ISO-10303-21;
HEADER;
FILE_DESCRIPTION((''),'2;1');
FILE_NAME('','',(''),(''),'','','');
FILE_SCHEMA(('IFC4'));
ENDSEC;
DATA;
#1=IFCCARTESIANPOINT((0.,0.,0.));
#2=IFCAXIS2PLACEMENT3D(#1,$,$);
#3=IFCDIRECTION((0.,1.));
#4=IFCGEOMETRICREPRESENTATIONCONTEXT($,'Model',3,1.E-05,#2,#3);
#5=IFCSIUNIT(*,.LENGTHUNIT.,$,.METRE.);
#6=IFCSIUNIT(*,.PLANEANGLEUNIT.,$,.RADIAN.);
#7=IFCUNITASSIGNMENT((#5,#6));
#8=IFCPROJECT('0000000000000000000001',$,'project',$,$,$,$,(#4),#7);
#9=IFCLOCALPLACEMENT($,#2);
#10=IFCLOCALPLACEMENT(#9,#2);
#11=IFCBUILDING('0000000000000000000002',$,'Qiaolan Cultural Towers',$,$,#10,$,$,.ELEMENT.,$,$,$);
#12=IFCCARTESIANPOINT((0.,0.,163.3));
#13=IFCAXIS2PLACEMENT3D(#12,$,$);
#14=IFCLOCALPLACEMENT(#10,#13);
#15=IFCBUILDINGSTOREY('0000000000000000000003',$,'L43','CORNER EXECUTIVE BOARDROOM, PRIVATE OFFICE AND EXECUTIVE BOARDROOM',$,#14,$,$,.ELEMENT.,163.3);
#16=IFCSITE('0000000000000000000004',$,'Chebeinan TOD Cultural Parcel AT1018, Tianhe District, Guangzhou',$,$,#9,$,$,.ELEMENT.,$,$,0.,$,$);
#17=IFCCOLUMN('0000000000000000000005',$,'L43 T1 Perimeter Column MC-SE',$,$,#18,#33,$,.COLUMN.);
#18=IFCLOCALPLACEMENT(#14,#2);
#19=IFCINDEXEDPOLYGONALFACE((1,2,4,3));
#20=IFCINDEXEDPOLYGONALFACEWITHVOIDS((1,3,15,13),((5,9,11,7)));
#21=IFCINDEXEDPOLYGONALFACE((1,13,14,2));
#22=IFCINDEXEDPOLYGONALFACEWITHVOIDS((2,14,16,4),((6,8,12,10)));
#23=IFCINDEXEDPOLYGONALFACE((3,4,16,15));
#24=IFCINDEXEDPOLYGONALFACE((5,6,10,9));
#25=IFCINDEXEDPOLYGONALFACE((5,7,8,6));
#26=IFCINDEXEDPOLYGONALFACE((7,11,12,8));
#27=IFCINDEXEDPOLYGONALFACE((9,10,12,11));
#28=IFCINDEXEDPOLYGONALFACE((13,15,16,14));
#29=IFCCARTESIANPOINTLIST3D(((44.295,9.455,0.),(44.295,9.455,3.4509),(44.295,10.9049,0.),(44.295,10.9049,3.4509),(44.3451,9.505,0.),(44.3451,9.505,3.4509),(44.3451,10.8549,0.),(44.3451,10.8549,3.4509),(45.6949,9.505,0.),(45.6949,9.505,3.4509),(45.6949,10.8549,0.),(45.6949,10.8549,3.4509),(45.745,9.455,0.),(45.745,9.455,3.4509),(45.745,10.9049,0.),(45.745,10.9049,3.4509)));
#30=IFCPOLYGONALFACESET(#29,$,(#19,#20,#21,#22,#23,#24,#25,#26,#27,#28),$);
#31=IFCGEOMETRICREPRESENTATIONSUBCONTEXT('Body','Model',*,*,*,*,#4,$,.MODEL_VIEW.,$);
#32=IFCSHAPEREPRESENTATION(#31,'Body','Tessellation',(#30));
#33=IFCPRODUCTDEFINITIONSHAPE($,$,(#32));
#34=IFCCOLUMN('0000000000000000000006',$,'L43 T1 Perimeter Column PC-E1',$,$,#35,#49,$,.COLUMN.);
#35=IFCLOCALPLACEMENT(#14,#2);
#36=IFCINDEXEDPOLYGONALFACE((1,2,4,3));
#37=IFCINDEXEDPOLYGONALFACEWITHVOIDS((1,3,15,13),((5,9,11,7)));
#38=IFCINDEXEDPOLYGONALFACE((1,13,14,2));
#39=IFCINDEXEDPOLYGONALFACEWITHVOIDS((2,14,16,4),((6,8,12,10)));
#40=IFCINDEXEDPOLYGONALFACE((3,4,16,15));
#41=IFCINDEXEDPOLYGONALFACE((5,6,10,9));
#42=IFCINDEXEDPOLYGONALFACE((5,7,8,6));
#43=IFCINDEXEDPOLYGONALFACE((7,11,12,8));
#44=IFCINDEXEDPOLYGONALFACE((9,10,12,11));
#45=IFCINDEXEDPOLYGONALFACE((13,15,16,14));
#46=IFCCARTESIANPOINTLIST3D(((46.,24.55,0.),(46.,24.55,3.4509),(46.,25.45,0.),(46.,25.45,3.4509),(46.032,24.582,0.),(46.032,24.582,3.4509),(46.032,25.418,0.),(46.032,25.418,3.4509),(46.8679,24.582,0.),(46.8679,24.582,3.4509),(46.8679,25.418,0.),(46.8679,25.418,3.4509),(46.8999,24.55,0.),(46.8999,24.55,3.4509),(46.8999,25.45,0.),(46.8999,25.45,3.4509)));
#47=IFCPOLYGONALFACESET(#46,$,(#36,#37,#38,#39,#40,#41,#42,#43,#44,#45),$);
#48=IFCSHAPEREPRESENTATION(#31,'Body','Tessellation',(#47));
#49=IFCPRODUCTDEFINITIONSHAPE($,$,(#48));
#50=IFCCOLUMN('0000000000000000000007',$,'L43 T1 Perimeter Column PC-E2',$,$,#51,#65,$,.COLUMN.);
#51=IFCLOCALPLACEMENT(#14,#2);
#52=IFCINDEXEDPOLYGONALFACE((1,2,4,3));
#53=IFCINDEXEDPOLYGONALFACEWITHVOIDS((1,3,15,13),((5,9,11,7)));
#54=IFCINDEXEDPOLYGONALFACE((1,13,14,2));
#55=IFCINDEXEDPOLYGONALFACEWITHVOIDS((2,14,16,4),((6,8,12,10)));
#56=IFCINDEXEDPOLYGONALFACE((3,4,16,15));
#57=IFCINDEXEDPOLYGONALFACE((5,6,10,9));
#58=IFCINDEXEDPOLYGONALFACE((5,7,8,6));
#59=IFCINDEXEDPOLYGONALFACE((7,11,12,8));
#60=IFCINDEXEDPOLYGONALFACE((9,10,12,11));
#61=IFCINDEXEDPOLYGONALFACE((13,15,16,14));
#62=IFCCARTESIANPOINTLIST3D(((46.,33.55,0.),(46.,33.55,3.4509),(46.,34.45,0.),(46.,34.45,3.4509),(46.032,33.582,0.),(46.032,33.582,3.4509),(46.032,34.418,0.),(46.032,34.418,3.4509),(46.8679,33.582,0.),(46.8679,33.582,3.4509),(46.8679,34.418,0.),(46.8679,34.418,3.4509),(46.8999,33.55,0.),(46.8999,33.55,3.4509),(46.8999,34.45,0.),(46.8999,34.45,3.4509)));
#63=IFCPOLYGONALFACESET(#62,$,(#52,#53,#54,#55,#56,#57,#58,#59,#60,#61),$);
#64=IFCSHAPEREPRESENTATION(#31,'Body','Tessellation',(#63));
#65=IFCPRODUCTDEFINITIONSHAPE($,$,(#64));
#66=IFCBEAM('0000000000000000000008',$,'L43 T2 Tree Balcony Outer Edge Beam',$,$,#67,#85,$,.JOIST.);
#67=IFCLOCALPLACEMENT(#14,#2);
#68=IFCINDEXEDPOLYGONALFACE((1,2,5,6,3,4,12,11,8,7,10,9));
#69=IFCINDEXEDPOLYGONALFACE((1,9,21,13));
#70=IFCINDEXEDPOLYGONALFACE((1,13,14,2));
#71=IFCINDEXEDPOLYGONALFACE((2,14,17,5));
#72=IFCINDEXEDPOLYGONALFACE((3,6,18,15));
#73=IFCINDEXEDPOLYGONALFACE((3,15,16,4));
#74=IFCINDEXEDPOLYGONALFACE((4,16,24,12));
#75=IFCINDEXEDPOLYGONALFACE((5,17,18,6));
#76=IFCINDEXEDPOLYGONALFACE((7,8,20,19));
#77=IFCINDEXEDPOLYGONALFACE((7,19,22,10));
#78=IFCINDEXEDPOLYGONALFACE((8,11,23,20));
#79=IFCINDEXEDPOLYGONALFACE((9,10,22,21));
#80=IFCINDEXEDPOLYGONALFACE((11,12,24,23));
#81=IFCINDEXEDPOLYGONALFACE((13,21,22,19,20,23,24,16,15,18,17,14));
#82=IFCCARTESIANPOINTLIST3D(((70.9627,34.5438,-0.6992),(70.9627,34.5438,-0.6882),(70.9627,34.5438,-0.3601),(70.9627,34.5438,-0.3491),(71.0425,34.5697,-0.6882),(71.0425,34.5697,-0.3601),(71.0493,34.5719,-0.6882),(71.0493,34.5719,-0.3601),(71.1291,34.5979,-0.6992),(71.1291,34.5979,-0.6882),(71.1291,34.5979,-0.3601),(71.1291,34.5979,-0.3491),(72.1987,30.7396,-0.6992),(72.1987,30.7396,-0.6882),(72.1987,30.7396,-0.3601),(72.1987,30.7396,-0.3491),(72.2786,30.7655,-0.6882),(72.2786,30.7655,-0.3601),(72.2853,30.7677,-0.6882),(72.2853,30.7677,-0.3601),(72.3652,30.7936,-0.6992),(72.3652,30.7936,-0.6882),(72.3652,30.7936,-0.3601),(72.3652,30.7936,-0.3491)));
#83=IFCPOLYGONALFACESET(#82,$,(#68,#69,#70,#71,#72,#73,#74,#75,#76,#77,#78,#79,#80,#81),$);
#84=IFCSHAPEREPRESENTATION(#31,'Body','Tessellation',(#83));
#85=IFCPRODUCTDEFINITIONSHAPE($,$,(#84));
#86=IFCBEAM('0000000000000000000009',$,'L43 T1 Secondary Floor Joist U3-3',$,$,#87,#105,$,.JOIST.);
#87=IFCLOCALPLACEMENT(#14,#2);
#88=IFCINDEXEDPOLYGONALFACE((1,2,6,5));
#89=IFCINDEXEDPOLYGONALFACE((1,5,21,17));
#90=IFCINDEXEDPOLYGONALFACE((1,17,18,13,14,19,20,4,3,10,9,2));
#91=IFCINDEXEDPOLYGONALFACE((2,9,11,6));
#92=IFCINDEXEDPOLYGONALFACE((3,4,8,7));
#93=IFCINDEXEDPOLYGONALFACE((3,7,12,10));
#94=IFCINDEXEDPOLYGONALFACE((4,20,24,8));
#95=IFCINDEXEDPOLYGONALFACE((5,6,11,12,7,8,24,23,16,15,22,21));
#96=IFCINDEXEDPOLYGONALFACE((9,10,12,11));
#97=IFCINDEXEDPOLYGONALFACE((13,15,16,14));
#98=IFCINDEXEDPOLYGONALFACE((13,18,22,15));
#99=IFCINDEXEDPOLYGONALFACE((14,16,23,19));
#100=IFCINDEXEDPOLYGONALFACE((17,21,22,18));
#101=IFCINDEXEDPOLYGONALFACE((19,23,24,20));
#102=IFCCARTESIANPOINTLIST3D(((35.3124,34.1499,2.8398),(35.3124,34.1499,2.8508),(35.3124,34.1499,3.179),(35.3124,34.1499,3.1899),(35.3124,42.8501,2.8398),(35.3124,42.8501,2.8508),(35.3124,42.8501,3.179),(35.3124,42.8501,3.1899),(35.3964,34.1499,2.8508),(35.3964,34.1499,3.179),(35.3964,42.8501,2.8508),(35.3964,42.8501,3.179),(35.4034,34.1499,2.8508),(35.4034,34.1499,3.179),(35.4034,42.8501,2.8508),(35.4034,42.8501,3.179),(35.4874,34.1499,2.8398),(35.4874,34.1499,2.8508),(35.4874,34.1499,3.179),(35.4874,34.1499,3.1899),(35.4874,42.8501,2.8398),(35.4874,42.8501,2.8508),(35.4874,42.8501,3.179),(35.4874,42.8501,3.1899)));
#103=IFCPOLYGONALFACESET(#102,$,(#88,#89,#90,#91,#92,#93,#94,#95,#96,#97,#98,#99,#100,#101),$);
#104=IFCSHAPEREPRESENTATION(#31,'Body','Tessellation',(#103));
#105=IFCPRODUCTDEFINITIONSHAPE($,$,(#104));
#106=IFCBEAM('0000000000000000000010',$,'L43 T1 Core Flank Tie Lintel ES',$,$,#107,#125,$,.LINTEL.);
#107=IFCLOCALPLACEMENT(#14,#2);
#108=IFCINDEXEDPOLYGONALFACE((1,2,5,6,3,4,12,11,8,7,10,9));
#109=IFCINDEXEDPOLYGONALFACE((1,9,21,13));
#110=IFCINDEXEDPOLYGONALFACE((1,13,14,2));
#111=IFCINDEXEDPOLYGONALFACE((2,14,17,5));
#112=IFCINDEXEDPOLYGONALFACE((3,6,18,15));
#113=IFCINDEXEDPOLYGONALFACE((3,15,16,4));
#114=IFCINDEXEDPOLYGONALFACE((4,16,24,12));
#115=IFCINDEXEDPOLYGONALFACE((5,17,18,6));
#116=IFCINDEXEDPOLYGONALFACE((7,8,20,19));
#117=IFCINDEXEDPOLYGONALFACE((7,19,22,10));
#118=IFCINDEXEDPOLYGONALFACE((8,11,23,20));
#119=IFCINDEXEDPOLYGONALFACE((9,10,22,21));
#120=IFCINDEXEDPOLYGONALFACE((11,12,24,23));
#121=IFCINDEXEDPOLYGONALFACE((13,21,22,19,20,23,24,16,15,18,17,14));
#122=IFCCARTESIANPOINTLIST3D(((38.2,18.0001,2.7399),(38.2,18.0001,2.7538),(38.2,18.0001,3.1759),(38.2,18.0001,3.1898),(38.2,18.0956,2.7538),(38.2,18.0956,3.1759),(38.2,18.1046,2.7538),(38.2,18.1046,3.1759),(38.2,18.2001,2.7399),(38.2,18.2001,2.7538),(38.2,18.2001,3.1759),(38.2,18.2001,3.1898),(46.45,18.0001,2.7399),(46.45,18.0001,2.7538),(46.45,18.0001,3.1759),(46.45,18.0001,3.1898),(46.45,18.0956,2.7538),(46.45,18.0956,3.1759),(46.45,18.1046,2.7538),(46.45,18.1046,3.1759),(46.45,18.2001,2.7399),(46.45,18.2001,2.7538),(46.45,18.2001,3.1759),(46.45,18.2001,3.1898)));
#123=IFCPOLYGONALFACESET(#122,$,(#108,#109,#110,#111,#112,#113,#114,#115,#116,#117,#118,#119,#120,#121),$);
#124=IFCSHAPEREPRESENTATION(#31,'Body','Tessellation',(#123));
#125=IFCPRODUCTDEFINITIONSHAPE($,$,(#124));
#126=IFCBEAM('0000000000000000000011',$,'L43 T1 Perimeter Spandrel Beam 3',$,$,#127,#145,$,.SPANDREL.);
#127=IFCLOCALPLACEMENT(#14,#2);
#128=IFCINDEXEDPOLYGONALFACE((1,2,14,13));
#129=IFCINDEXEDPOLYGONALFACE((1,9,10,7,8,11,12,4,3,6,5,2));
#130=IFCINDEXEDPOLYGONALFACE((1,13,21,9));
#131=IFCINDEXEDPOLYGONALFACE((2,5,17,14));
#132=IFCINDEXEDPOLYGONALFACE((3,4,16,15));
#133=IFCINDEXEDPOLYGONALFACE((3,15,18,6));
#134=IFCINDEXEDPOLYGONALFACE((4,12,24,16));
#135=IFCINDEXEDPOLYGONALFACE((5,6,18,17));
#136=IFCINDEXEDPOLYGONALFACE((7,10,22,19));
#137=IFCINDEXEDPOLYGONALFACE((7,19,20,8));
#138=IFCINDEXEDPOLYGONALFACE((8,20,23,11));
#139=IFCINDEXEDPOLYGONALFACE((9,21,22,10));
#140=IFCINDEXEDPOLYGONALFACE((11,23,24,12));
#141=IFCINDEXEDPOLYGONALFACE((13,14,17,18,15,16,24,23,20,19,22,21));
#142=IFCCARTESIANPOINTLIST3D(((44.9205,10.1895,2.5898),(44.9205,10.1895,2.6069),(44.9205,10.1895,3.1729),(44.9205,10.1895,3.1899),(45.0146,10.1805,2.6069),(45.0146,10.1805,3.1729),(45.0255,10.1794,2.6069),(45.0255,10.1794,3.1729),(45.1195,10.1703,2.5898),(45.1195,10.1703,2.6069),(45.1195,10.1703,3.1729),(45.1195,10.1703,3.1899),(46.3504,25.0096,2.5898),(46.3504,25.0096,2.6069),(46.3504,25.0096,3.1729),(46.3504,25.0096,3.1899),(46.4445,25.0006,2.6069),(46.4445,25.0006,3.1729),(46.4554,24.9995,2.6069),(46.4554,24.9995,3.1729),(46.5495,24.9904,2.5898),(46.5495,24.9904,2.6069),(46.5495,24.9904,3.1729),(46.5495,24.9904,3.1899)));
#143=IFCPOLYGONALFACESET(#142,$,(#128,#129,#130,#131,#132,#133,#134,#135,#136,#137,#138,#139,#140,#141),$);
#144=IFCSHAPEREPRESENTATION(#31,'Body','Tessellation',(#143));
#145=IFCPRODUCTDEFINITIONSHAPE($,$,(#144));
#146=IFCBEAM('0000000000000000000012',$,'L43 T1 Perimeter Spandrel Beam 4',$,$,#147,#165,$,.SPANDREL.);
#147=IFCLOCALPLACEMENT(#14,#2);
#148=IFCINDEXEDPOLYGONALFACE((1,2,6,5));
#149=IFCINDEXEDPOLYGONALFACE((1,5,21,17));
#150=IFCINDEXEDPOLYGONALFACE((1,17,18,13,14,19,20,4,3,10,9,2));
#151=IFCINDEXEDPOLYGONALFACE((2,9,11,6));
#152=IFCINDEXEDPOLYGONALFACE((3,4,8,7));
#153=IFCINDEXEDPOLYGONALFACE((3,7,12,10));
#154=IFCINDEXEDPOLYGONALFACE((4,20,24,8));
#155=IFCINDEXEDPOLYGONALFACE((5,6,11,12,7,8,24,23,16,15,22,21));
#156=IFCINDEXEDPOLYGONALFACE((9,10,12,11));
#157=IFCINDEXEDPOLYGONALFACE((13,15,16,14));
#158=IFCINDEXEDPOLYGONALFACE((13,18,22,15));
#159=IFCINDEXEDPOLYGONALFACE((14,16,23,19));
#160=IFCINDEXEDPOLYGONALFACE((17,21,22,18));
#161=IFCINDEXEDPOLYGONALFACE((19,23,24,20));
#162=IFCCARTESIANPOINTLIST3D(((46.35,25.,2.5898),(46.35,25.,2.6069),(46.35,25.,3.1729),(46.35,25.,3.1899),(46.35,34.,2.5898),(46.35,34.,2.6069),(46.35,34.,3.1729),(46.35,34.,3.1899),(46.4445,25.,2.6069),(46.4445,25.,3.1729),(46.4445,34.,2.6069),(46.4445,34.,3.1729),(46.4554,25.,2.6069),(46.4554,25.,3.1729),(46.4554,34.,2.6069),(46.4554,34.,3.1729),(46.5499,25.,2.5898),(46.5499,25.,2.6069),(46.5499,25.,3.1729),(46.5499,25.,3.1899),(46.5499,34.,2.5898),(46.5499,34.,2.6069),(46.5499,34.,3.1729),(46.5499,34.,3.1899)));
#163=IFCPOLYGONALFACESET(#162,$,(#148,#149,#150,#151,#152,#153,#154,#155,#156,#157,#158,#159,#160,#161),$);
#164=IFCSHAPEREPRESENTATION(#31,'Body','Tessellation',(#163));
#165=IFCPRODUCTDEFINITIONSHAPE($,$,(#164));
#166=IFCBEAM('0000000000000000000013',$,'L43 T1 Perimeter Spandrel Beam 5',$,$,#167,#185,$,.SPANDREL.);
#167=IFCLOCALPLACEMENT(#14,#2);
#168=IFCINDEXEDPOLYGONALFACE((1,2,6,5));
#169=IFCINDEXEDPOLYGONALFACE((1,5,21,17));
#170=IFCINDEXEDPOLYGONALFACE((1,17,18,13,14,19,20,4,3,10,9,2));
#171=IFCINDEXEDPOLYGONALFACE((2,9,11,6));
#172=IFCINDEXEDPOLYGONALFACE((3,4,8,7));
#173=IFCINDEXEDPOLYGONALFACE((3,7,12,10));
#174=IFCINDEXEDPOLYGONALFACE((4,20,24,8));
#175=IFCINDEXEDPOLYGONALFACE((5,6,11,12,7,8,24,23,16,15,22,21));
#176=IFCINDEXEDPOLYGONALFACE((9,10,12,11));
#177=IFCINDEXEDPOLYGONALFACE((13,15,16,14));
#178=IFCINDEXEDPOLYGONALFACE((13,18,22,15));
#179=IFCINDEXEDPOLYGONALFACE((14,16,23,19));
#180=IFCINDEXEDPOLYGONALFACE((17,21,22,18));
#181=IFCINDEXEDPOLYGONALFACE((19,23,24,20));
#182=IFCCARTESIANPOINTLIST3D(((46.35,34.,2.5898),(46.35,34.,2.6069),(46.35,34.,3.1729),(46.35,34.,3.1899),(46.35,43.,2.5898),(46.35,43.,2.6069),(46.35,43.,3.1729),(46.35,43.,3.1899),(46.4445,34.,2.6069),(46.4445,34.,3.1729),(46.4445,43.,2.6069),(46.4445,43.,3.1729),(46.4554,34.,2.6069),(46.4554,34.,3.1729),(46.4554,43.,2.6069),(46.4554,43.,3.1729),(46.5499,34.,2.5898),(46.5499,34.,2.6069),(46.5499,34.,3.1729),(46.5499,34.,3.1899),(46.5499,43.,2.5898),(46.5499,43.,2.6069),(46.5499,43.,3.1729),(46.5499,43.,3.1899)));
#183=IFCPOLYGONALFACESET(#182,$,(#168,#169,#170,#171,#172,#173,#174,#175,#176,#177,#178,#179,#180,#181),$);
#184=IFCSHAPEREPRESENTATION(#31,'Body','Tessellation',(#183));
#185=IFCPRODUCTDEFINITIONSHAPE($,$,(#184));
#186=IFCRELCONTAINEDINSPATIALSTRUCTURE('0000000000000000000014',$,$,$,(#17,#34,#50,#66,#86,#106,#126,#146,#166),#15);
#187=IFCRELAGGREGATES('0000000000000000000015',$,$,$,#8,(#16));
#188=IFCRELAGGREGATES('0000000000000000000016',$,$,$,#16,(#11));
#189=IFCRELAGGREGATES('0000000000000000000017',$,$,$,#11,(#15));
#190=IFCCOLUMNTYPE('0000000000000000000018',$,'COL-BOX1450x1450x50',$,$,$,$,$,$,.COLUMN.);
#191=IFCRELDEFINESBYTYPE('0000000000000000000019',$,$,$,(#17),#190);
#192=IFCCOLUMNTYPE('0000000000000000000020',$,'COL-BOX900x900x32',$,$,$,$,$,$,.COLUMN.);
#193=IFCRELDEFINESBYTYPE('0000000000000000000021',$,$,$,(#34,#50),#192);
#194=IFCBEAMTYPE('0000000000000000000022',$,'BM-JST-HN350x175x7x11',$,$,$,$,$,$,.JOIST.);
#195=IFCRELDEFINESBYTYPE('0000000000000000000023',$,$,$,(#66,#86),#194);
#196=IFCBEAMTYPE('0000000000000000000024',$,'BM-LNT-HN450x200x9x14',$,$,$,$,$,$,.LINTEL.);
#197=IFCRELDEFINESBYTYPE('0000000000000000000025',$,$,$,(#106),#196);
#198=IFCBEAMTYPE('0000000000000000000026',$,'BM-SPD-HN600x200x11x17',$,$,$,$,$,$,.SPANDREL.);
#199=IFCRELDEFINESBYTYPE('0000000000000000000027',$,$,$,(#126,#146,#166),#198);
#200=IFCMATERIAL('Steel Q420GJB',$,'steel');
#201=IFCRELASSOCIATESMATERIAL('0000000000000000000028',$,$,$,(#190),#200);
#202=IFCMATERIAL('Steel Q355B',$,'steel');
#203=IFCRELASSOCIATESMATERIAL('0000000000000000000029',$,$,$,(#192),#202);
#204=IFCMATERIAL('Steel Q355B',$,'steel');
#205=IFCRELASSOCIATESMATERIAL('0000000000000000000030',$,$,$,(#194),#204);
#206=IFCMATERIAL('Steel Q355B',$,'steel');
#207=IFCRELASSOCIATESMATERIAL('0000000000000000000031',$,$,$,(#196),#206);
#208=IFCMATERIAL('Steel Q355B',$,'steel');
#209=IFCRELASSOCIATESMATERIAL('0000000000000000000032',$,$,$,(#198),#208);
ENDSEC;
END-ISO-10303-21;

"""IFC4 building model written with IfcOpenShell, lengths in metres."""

from ifc_helpers import new_model, si_unit, direction, frame, origin, origin_2d, place, context, subcontext, project, spatial, hollow_rectangle, i_section, extrude, material, material_profile, profile_set, type_object, element, save


model = new_model("IFC4")

# Units and contexts
model_context = context("Model", 3, precision=1e-05, world=origin(), true_north=direction((0.0, 1.0)))
body_context = subcontext(model_context, "Body", "Model", "MODEL_VIEW")
ifc_project = project(units=[si_unit("LENGTHUNIT", "METRE"), si_unit("PLANEANGLEUNIT", "RADIAN")], contexts=[model_context])

# Site, building, storey
site_placement = place(None, origin())
site = spatial("IfcSite", under=ifc_project, at=site_placement, Name="Chebeinan TOD Cultural Parcel AT1018, Tianhe District, Guangzhou", CompositionType="ELEMENT", RefElevation=0.0)
building_placement = place(site_placement, origin())
building = spatial("IfcBuilding", under=site, at=building_placement, Name="Qiaolan Cultural Towers", CompositionType="ELEMENT")
storey_placement = place(building_placement, frame((0.0, 0.0, 163.3)))
storey = spatial("IfcBuildingStorey", under=building, at=storey_placement, Name="L43", Description="CORNER EXECUTIVE BOARDROOM, PRIVATE OFFICE AND EXECUTIVE BOARDROOM", CompositionType="ELEMENT", Elevation=163.3)

# Columns
ifc_material_1 = material(Name="Steel Q420GJB", Category="steel")
ifc_material_profile_1 = material_profile(ifc_material_1, hollow_rectangle(XDim=1.45, YDim=1.45, WallThickness=0.05, at=origin_2d()), Name="BOX1450x1450x50")
ifc_profile_set_1 = profile_set([ifc_material_profile_1], Name="Steel Q420GJB")
column_type_1 = type_object("IfcColumnType", Name="COL-BOX1450x1450x50", PredefinedType="COLUMN", material=ifc_profile_set_1)
column_placement = place(storey_placement, frame((45.02, 10.1799, 0.0), z_axis=(0.0, 0.0, 1.0), x_axis=(1.0, 0.0, 0.0)))
element("IfcColumn", 1, at=column_placement, inside=storey, type_object=column_type_1, Name="L43 T1 Perimeter Column MC-SE", PredefinedType="COLUMN", context=body_context, shape_type="SweptSolid", body=[
    extrude(hollow_rectangle(XDim=1.45, YDim=1.45, WallThickness=0.05, at=origin_2d()), origin(), (0.0, 0.0, 1.0), 3.4509),
])
ifc_material_2 = material(Name="Steel Q355B", Category="steel")
ifc_material_profile_2 = material_profile(ifc_material_2, hollow_rectangle(XDim=0.8999, YDim=0.8999, WallThickness=0.032, at=origin_2d()), Name="BOX900x900x32")
ifc_profile_set_2 = profile_set([ifc_material_profile_2], Name="Steel Q355B")
column_type_2 = type_object("IfcColumnType", Name="COL-BOX900x900x32", PredefinedType="COLUMN", material=ifc_profile_set_2)
for number, where, z_axis, x_axis, name in (
    (2, (46.45, 25.0, 0.0), (0.0, 0.0, 1.0), (1.0, 0.0, 0.0), "L43 T1 Perimeter Column PC-E1"),
    (3, (46.45, 34.0, 0.0), (0.0, 0.0, 1.0), (1.0, 0.0, 0.0), "L43 T1 Perimeter Column PC-E2"),
):
    element("IfcColumn", number, at=place(storey_placement, frame(where, z_axis=z_axis, x_axis=x_axis)), inside=storey, type_object=column_type_2, Name=name, PredefinedType="COLUMN", context=body_context, shape_type="SweptSolid", body=[
        extrude(hollow_rectangle(XDim=0.8999, YDim=0.8999, WallThickness=0.032, at=origin_2d()), origin(), (0.0, 0.0, 1.0), 3.4509),
    ])

# Beams
ifc_material_3 = material(Name="Steel Q355B", Category="steel")
ifc_material_profile_3 = material_profile(ifc_material_3, i_section(OverallWidth=0.175, OverallDepth=0.3501, WebThickness=0.0071, FlangeThickness=0.011, at=origin_2d()), Name="HN350x175x7x11")
ifc_profile_set_3 = profile_set([ifc_material_profile_3], Name="Steel Q355B")
beam_type_1 = type_object("IfcBeamType", Name="BM-JST-HN350x175x7x11", PredefinedType="JOIST", material=ifc_profile_set_3)
beam_1_placement = place(storey_placement, frame((72.282, 30.7666, -0.5242), z_axis=(-0.309023, 0.951055, 0.0), x_axis=(-0.951055, -0.309023, 0.0)))
element("IfcBeam", 4, at=beam_1_placement, inside=storey, type_object=beam_type_1, Name="L43 T2 Tree Balcony Outer Edge Beam", PredefinedType="JOIST", context=body_context, shape_type="SweptSolid", body=[
    extrude(i_section(OverallWidth=0.175, OverallDepth=0.3501, WebThickness=0.0071, FlangeThickness=0.011, at=origin_2d()), origin(), (0.0, 0.0, 1.0), 4.0),
])
beam_2_placement = place(storey_placement, frame((35.3999, 34.1499, 3.0149), z_axis=(0.0, 1.0, 0.0), x_axis=(-1.0, 0.0, 0.0)))
element("IfcBeam", 5, at=beam_2_placement, inside=storey, type_object=beam_type_1, Name="L43 T1 Secondary Floor Joist U3-3", PredefinedType="JOIST", context=body_context, shape_type="SweptSolid", body=[
    extrude(i_section(OverallWidth=0.175, OverallDepth=0.3501, WebThickness=0.0071, FlangeThickness=0.011, at=origin_2d()), origin(), (0.0, 0.0, 1.0), 8.7002),
])
ifc_material_4 = material(Name="Steel Q355B", Category="steel")
ifc_material_profile_4 = material_profile(ifc_material_4, i_section(OverallWidth=0.2, OverallDepth=0.45, WebThickness=0.009, FlangeThickness=0.0139, at=origin_2d()), Name="HN450x200x9x14")
ifc_profile_set_4 = profile_set([ifc_material_profile_4], Name="Steel Q355B")
beam_type_2 = type_object("IfcBeamType", Name="BM-LNT-HN450x200x9x14", PredefinedType="LINTEL", material=ifc_profile_set_4)
beam_3_placement = place(storey_placement, frame((38.2, 18.1001, 2.9648), z_axis=(1.0, 0.0, 0.0), x_axis=(0.0, 1.0, 0.0)))
element("IfcBeam", 6, at=beam_3_placement, inside=storey, type_object=beam_type_2, Name="L43 T1 Core Flank Tie Lintel ES", PredefinedType="LINTEL", context=body_context, shape_type="SweptSolid", body=[
    extrude(i_section(OverallWidth=0.2, OverallDepth=0.45, WebThickness=0.009, FlangeThickness=0.0139, at=origin_2d()), origin(), (0.0, 0.0, 1.0), 8.25),
])
ifc_material_5 = material(Name="Steel Q355B", Category="steel")
ifc_material_profile_5 = material_profile(ifc_material_5, i_section(OverallWidth=0.2, OverallDepth=0.6001, WebThickness=0.011, FlangeThickness=0.0171, at=origin_2d()), Name="HN600x200x11x17")
ifc_profile_set_5 = profile_set([ifc_material_profile_5], Name="Steel Q355B")
beam_type_3 = type_object("IfcBeamType", Name="BM-SPD-HN600x200x11x17", PredefinedType="SPANDREL", material=ifc_profile_set_5)
beam_4_placement = place(storey_placement, frame((45.02, 10.1799, 2.8899), z_axis=(0.09604, 0.995377, 0.0), x_axis=(-0.995377, 0.09604, 0.0)))
element("IfcBeam", 7, at=beam_4_placement, inside=storey, type_object=beam_type_3, Name="L43 T1 Perimeter Spandrel Beam 3", PredefinedType="SPANDREL", context=body_context, shape_type="SweptSolid", body=[
    extrude(i_section(OverallWidth=0.2, OverallDepth=0.6001, WebThickness=0.011, FlangeThickness=0.0171, at=origin_2d()), origin(), (0.0, 0.0, 1.0), 14.8889),
])
for number, where, z_axis, x_axis, name in (
    (8, (46.45, 25.0, 2.8899), (0.0, 1.0, 0.0), (-1.0, 0.0, 0.0), "L43 T1 Perimeter Spandrel Beam 4"),
    (9, (46.45, 34.0, 2.8899), (0.0, 1.0, 0.0), (-1.0, 0.0, 0.0), "L43 T1 Perimeter Spandrel Beam 5"),
):
    element("IfcBeam", number, at=place(storey_placement, frame(where, z_axis=z_axis, x_axis=x_axis)), inside=storey, type_object=beam_type_3, Name=name, PredefinedType="SPANDREL", context=body_context, shape_type="SweptSolid", body=[
        extrude(i_section(OverallWidth=0.2, OverallDepth=0.6001, WebThickness=0.011, FlangeThickness=0.0171, at=origin_2d()), origin(), (0.0, 0.0, 1.0), 9.0),
    ])

save(model, "model.ifc")
